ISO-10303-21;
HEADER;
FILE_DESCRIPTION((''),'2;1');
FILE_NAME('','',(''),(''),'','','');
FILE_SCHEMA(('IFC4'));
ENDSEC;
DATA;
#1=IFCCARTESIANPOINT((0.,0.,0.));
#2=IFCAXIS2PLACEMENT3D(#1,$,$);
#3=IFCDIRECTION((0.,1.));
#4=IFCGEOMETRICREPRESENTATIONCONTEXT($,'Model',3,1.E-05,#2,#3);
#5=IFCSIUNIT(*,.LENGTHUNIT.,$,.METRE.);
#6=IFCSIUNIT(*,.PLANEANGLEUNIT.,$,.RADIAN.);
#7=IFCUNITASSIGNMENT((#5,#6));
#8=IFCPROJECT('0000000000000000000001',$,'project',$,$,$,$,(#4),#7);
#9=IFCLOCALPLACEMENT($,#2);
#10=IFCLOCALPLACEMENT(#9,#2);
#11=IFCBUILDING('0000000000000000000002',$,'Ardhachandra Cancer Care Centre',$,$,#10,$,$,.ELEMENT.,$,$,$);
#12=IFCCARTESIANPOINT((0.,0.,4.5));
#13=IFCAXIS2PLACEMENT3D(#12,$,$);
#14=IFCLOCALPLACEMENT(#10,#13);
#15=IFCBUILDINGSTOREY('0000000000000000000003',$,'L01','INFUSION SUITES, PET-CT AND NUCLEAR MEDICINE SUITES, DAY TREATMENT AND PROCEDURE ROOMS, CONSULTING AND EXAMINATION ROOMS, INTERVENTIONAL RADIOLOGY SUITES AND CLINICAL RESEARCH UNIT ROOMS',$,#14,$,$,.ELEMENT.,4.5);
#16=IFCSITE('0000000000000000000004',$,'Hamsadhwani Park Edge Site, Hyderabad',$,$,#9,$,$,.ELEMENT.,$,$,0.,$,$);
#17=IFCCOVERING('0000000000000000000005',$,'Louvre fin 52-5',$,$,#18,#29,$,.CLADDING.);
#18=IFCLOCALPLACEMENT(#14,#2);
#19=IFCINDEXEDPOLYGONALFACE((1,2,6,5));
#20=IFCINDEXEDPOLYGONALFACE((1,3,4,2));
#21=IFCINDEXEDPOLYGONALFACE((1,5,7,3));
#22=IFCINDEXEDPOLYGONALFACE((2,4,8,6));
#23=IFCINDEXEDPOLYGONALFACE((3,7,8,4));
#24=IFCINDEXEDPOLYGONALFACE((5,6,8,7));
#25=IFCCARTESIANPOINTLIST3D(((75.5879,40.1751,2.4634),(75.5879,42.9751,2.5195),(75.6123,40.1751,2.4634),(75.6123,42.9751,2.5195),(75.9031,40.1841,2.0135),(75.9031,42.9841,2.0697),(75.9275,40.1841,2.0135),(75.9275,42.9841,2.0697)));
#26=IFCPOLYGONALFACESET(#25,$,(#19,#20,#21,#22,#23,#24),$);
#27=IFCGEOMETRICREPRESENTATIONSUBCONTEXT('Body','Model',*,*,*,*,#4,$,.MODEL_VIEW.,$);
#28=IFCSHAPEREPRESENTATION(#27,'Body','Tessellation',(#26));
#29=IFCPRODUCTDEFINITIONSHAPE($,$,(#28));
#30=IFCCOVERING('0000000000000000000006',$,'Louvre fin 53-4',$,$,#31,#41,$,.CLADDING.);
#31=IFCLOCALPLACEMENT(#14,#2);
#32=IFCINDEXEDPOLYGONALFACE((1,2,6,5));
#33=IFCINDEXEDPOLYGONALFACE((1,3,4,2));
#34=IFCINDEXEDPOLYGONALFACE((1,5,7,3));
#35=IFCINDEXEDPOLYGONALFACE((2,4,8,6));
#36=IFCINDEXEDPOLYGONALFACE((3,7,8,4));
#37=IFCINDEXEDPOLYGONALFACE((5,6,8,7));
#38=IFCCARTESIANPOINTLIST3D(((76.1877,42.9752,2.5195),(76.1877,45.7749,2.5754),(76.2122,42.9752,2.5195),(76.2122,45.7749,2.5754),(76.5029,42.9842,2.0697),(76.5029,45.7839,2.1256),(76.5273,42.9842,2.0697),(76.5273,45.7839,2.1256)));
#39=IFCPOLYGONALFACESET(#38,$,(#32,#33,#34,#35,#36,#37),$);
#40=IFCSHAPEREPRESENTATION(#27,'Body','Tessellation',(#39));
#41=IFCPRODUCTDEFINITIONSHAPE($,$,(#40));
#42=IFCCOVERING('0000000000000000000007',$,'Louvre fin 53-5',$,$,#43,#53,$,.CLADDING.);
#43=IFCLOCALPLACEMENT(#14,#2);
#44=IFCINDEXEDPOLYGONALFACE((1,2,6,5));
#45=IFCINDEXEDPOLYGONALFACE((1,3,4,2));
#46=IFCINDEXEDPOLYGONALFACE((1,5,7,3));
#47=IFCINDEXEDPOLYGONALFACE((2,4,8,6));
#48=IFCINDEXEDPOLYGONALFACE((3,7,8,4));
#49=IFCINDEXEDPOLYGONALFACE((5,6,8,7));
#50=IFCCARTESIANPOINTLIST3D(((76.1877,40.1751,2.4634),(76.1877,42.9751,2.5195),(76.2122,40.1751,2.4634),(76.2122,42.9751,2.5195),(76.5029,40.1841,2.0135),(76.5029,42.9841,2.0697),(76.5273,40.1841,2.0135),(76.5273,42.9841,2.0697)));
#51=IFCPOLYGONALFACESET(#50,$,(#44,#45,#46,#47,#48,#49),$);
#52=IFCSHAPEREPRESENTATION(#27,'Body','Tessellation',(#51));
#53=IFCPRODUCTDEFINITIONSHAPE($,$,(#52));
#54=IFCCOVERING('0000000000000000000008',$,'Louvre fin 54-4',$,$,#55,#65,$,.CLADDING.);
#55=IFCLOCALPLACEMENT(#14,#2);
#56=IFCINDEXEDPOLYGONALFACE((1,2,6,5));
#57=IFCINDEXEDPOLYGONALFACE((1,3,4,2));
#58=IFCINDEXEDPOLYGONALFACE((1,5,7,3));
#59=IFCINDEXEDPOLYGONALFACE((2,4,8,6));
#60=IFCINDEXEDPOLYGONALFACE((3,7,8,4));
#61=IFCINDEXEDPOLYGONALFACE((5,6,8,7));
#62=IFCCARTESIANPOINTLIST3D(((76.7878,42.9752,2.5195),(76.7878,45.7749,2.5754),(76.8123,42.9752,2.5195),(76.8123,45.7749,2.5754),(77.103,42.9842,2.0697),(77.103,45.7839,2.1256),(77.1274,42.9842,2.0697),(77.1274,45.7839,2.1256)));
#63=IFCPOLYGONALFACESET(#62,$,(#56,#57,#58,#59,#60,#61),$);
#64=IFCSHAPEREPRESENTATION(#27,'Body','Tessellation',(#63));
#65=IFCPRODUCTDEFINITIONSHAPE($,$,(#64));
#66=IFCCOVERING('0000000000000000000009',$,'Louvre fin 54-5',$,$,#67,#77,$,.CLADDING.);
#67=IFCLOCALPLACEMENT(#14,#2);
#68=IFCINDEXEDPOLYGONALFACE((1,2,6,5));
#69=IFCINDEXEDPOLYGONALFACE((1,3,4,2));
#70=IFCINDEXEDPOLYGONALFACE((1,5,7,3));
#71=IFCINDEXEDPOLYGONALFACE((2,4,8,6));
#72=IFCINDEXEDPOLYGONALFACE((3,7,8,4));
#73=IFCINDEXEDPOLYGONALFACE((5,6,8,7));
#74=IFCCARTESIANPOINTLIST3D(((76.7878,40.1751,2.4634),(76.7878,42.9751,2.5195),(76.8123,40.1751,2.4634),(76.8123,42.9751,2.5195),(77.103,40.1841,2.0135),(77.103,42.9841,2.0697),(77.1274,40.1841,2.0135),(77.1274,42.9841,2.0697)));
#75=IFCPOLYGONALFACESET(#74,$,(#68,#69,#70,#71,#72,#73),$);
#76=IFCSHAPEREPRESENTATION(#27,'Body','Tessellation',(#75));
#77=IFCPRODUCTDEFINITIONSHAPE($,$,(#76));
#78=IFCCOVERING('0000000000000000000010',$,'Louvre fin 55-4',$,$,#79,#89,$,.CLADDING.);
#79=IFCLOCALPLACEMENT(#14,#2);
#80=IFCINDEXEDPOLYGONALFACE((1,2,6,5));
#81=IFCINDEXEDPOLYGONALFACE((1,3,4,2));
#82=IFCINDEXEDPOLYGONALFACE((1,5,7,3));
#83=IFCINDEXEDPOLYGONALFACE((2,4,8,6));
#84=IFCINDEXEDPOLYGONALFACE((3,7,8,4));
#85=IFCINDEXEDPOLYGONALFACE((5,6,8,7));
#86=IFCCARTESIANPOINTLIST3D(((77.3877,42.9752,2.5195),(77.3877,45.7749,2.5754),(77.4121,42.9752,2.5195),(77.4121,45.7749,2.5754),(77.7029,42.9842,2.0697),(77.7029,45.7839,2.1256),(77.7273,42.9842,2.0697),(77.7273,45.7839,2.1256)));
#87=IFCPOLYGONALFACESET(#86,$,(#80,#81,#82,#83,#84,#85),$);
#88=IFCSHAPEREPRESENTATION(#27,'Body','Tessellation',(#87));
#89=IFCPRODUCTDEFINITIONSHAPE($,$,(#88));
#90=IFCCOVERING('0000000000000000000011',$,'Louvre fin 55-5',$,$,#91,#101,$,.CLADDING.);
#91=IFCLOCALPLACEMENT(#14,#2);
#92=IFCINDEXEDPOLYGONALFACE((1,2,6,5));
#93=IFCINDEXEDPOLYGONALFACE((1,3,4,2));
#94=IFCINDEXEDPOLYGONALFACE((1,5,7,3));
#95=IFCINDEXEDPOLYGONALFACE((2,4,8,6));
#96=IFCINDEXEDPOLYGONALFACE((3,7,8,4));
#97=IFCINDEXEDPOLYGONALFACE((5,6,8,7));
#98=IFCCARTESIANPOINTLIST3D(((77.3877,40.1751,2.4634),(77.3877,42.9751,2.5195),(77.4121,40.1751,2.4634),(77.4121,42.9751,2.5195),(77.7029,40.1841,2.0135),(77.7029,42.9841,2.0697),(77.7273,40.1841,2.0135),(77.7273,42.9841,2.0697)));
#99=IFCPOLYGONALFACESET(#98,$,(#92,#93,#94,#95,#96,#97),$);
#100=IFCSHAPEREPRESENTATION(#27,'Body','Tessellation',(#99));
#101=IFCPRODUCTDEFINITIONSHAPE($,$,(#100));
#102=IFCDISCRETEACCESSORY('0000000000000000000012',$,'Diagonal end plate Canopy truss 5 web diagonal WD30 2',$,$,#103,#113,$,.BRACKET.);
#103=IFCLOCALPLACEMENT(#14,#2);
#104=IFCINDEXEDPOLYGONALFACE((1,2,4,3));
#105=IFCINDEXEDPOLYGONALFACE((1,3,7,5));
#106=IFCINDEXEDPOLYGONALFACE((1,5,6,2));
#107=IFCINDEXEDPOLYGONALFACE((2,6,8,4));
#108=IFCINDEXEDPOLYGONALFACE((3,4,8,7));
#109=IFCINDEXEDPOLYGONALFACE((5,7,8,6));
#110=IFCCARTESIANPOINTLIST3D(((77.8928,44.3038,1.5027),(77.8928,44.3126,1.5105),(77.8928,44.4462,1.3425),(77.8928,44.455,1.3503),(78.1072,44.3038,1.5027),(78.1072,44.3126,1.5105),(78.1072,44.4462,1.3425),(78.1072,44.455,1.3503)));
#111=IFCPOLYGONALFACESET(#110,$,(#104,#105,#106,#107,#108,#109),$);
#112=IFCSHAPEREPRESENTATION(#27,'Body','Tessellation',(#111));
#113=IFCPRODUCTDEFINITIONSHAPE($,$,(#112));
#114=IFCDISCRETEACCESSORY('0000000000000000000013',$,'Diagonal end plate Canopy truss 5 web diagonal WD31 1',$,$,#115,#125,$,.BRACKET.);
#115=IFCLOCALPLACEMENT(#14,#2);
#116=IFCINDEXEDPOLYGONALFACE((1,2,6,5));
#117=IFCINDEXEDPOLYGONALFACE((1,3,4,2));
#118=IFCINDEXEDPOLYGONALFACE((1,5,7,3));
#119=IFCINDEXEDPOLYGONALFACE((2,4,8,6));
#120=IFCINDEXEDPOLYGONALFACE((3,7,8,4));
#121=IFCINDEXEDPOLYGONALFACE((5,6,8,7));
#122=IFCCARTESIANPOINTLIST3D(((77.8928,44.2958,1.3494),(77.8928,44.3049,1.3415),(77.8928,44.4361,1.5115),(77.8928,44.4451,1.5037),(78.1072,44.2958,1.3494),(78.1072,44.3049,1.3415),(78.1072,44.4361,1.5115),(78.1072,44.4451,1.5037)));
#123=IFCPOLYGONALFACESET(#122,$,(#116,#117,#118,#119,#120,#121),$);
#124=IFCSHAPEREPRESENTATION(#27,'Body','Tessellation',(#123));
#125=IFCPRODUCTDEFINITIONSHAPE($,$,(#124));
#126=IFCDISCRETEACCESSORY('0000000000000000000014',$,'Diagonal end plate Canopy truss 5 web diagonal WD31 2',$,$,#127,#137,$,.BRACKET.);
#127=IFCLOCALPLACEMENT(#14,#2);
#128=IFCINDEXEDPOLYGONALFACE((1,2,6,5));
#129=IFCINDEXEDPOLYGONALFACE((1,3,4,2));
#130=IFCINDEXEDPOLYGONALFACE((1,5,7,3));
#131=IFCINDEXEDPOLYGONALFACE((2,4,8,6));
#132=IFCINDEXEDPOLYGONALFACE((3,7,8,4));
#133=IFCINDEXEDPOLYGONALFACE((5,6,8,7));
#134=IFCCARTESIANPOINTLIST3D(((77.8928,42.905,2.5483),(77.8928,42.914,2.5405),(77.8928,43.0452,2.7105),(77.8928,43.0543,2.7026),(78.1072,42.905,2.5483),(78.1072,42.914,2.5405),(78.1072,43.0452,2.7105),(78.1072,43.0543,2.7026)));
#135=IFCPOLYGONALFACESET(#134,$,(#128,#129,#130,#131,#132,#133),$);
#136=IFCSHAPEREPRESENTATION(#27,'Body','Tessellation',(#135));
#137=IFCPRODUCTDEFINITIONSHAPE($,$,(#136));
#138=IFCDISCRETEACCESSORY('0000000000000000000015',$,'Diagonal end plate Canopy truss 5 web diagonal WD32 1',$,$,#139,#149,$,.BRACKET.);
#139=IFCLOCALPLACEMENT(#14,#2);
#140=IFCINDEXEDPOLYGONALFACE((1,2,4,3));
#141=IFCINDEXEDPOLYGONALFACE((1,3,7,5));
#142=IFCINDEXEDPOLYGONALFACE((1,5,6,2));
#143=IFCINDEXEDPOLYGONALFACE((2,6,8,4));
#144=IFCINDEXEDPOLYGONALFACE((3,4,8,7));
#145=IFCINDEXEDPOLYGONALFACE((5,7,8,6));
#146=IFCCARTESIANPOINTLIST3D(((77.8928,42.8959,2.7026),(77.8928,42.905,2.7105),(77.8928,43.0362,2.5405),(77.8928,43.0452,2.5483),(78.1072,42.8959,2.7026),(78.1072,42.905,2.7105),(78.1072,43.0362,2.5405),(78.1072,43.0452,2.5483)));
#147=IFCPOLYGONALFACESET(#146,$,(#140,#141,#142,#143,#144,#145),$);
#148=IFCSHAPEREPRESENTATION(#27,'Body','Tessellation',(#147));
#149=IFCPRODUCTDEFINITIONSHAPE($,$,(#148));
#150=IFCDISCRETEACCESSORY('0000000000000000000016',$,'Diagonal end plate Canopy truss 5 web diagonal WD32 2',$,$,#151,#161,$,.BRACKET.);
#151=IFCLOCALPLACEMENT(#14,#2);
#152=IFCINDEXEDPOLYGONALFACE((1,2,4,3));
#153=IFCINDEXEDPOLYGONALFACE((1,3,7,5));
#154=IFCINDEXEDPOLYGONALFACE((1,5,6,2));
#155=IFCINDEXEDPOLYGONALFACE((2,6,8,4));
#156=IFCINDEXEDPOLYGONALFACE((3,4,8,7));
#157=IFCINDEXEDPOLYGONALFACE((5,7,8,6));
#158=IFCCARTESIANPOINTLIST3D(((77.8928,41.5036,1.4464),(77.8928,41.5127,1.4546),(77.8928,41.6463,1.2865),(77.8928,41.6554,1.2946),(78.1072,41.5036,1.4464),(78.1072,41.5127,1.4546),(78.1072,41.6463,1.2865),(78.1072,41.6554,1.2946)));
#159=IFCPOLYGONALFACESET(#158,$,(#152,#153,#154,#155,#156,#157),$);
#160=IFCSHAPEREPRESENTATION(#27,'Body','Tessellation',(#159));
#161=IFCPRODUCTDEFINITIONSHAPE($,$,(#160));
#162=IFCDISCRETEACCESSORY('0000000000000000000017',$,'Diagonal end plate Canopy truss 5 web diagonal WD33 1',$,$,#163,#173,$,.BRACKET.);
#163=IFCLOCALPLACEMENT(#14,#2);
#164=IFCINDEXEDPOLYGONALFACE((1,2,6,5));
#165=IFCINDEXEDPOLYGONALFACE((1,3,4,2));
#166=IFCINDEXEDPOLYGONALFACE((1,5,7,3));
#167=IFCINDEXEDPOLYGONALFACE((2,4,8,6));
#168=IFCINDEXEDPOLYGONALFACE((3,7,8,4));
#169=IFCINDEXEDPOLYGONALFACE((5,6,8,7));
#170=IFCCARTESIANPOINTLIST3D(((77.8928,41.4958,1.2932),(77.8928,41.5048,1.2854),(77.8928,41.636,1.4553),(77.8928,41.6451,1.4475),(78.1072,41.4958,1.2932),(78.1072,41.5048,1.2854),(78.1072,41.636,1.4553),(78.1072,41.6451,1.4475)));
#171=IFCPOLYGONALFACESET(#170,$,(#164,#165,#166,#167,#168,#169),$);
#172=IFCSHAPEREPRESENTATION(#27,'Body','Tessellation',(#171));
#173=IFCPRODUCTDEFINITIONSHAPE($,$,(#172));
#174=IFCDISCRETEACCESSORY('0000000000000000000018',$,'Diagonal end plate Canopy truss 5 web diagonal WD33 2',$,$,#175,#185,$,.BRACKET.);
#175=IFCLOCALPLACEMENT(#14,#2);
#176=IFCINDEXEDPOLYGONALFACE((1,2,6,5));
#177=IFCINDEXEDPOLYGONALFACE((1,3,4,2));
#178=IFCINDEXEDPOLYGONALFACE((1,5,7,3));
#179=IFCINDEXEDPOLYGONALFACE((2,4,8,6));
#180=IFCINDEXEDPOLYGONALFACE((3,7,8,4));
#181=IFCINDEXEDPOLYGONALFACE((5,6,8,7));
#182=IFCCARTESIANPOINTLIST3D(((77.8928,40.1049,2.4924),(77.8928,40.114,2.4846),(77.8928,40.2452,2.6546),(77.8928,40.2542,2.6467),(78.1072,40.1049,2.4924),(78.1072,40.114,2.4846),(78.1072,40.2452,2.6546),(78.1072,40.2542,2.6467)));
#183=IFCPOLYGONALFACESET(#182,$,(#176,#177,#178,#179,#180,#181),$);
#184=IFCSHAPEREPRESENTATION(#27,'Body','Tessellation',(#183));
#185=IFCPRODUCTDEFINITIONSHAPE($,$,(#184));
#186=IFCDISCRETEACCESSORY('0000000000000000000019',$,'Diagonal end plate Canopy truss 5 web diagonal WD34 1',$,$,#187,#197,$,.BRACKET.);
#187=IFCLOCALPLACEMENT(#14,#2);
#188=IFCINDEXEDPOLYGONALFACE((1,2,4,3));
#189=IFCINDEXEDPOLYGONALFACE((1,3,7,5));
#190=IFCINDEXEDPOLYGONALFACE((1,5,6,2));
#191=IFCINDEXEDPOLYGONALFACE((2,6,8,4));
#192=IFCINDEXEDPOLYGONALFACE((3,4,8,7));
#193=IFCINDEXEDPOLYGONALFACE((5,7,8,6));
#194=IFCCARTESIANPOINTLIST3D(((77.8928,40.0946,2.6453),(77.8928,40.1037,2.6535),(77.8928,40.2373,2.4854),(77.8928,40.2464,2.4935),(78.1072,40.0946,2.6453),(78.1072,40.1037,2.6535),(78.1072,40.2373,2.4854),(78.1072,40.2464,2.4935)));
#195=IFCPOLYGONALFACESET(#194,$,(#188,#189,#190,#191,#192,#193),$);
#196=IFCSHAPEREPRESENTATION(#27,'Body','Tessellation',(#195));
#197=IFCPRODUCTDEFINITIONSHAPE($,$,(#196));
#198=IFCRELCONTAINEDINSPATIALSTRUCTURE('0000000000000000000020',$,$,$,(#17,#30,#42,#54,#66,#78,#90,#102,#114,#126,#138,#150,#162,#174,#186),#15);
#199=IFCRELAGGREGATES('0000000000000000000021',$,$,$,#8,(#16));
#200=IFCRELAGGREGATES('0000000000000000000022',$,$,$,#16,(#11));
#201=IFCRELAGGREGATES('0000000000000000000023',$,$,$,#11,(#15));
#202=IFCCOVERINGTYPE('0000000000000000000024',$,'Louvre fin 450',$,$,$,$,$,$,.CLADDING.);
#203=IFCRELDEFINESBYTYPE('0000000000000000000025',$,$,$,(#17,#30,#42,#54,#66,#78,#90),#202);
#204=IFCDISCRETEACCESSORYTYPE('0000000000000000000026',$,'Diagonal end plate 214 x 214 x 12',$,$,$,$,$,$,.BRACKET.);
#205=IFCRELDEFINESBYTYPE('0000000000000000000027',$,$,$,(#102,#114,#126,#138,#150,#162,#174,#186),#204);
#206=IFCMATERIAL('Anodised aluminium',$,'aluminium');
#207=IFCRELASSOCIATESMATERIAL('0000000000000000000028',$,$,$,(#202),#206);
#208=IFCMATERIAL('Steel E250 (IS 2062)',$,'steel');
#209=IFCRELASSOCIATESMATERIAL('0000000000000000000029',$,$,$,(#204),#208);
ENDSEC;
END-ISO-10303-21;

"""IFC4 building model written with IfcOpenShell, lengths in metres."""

from ifc_helpers import new_model, si_unit, direction, frame, origin, origin_2d, place, context, subcontext, project, spatial, polyline, rectangle, outline, extrude, material, material_profile, profile_set, type_object, element, save


model = new_model("IFC4")

# Units and contexts
model_context = context("Model", 3, precision=1e-05, world=origin(), true_north=direction((0.0, 1.0)))
body_context = subcontext(model_context, "Body", "Model", "MODEL_VIEW")
ifc_project = project(units=[si_unit("LENGTHUNIT", "METRE"), si_unit("PLANEANGLEUNIT", "RADIAN")], contexts=[model_context])

# Site, building, storey
site_placement = place(None, origin())
site = spatial("IfcSite", under=ifc_project, at=site_placement, Name="Hamsadhwani Park Edge Site, Hyderabad", CompositionType="ELEMENT", RefElevation=0.0)
building_placement = place(site_placement, origin())
building = spatial("IfcBuilding", under=site, at=building_placement, Name="Ardhachandra Cancer Care Centre", CompositionType="ELEMENT")
storey_placement = place(building_placement, frame((0.0, 0.0, 4.5)))
storey = spatial("IfcBuildingStorey", under=building, at=storey_placement, Name="L01", Description="INFUSION SUITES, PET-CT AND NUCLEAR MEDICINE SUITES, DAY TREATMENT AND PROCEDURE ROOMS, CONSULTING AND EXAMINATION ROOMS, INTERVENTIONAL RADIOLOGY SUITES AND CLINICAL RESEARCH UNIT ROOMS", CompositionType="ELEMENT", Elevation=4.5)

# Coverings
ifc_material_1 = material(Name="Anodised aluminium", Category="aluminium")
ifc_material_profile_1 = material_profile(ifc_material_1, outline(polyline([(-0.0122, 0.0), (0.0122, 0.0), (0.3274, -0.45), (0.303, -0.45), (-0.0122, 0.0)])), Name="Louvre fin 450")
ifc_profile_set_1 = profile_set([ifc_material_profile_1], Name="Anodised aluminium")
covering_type = type_object("IfcCoveringType", Name="Louvre fin 450", PredefinedType="CLADDING", material=ifc_profile_set_1)
covering_1_placement = place(storey_placement, frame((75.6001, 42.9751, 2.5195), z_axis=(0.0, -0.999799, -0.02005), x_axis=(1.0, 0.0, 0.0)))
element("IfcCovering", 1, at=covering_1_placement, inside=storey, type_object=covering_type, Name="Louvre fin 52-5", PredefinedType="CLADDING", context=body_context, shape_type="SweptSolid", body=[
    extrude(outline(polyline([(-0.0122, 0.0), (0.0122, 0.0), (0.3274, -0.45), (0.303, -0.45), (-0.0122, 0.0)])), origin(), (0.0, 0.0, 1.0), 2.8005),
])
covering_2_placement = place(storey_placement, frame((76.2, 45.7749, 2.5754), z_axis=(0.0, -0.999801, -0.019965), x_axis=(1.0, 0.0, 0.0)))
element("IfcCovering", 2, at=covering_2_placement, inside=storey, type_object=covering_type, Name="Louvre fin 53-4", PredefinedType="CLADDING", context=body_context, shape_type="SweptSolid", body=[
    extrude(outline(polyline([(-0.0122, 0.0), (0.0122, 0.0), (0.3274, -0.45), (0.303, -0.45), (-0.0122, 0.0)])), origin(), (0.0, 0.0, 1.0), 2.8003),
])
covering_3_placement = place(storey_placement, frame((76.2, 42.9751, 2.5195), z_axis=(0.0, -0.999799, -0.02005), x_axis=(1.0, 0.0, 0.0)))
element("IfcCovering", 3, at=covering_3_placement, inside=storey, type_object=covering_type, Name="Louvre fin 53-5", PredefinedType="CLADDING", context=body_context, shape_type="SweptSolid", body=[
    extrude(outline(polyline([(-0.0122, 0.0), (0.0122, 0.0), (0.3274, -0.45), (0.303, -0.45), (-0.0122, 0.0)])), origin(), (0.0, 0.0, 1.0), 2.8005),
])
covering_4_placement = place(storey_placement, frame((76.8, 45.7749, 2.5754), z_axis=(0.0, -0.999801, -0.019965), x_axis=(1.0, 0.0, 0.0)))
element("IfcCovering", 4, at=covering_4_placement, inside=storey, type_object=covering_type, Name="Louvre fin 54-4", PredefinedType="CLADDING", context=body_context, shape_type="SweptSolid", body=[
    extrude(outline(polyline([(-0.0122, 0.0), (0.0122, 0.0), (0.3274, -0.45), (0.303, -0.45), (-0.0122, 0.0)])), origin(), (0.0, 0.0, 1.0), 2.8003),
])
covering_5_placement = place(storey_placement, frame((76.8, 42.9751, 2.5195), z_axis=(0.0, -0.999799, -0.02005), x_axis=(1.0, 0.0, 0.0)))
element("IfcCovering", 5, at=covering_5_placement, inside=storey, type_object=covering_type, Name="Louvre fin 54-5", PredefinedType="CLADDING", context=body_context, shape_type="SweptSolid", body=[
    extrude(outline(polyline([(-0.0122, 0.0), (0.0122, 0.0), (0.3274, -0.45), (0.303, -0.45), (-0.0122, 0.0)])), origin(), (0.0, 0.0, 1.0), 2.8005),
])
covering_6_placement = place(storey_placement, frame((77.3999, 45.7749, 2.5754), z_axis=(0.0, -0.999801, -0.019965), x_axis=(1.0, 0.0, 0.0)))
element("IfcCovering", 6, at=covering_6_placement, inside=storey, type_object=covering_type, Name="Louvre fin 55-4", PredefinedType="CLADDING", context=body_context, shape_type="SweptSolid", body=[
    extrude(outline(polyline([(-0.0122, 0.0), (0.0122, 0.0), (0.3274, -0.45), (0.303, -0.45), (-0.0122, 0.0)])), origin(), (0.0, 0.0, 1.0), 2.8003),
])
covering_7_placement = place(storey_placement, frame((77.3999, 42.9751, 2.5195), z_axis=(0.0, -0.999799, -0.02005), x_axis=(1.0, 0.0, 0.0)))
element("IfcCovering", 7, at=covering_7_placement, inside=storey, type_object=covering_type, Name="Louvre fin 55-5", PredefinedType="CLADDING", context=body_context, shape_type="SweptSolid", body=[
    extrude(outline(polyline([(-0.0122, 0.0), (0.0122, 0.0), (0.3274, -0.45), (0.303, -0.45), (-0.0122, 0.0)])), origin(), (0.0, 0.0, 1.0), 2.8005),
])

# Discrete accessories
ifc_material_2 = material(Name="Steel E250 (IS 2062)", Category="steel")
ifc_material_profile_2 = material_profile(ifc_material_2, rectangle(XDim=0.2144, YDim=0.2144, at=origin_2d()), Name="PL 214x214x12")
ifc_profile_set_2 = profile_set([ifc_material_profile_2], Name="Steel E250 (IS 2062)")
discrete_accessory_type = type_object("IfcDiscreteAccessoryType", Name="Diagonal end plate 214 x 214 x 12", PredefinedType="BRACKET", material=ifc_profile_set_2)
discrete_accessory_1_placement = place(storey_placement, frame((78.0, 44.375, 1.4226), z_axis=(0.0, 0.747409, 0.664364), x_axis=(-1.0, 0.0, 0.0)))
element("IfcDiscreteAccessory", 8, at=discrete_accessory_1_placement, inside=storey, type_object=discrete_accessory_type, Name="Diagonal end plate Canopy truss 5 web diagonal WD30 2", PredefinedType="BRACKET", context=body_context, shape_type="SweptSolid", body=[
    extrude(rectangle(XDim=0.2144, YDim=0.2144, at=origin_2d()), origin(), (0.0, 0.0, 1.0), 0.0117),
])
for number, where, z_axis, x_axis, name in (
    (9, (78.0, 44.375, 1.4226), (0.0, -0.756363, 0.654152), (1.0, 0.0, 0.0), "Diagonal end plate Canopy truss 5 web diagonal WD31 1"),
    (10, (78.0, 42.9751, 2.6294), (0.0, 0.756363, -0.654152), (-1.0, 0.0, 0.0), "Diagonal end plate Canopy truss 5 web diagonal WD31 2"),
    (11, (78.0, 42.9751, 2.6294), (0.0, -0.756363, -0.654152), (1.0, 0.0, 0.0), "Diagonal end plate Canopy truss 5 web diagonal WD32 1"),
):
    element("IfcDiscreteAccessory", number, at=place(storey_placement, frame(where, z_axis=z_axis, x_axis=x_axis)), inside=storey, type_object=discrete_accessory_type, Name=name, PredefinedType="BRACKET", context=body_context, shape_type="SweptSolid", body=[
        extrude(rectangle(XDim=0.2144, YDim=0.2144, at=origin_2d()), origin(), (0.0, 0.0, 1.0), 0.012),
    ])
discrete_accessory_2_placement = place(storey_placement, frame((78.0, 41.575, 1.3665), z_axis=(0.0, 0.746295, 0.665615), x_axis=(-1.0, 0.0, 0.0)))
element("IfcDiscreteAccessory", 12, at=discrete_accessory_2_placement, inside=storey, type_object=discrete_accessory_type, Name="Diagonal end plate Canopy truss 5 web diagonal WD32 2", PredefinedType="BRACKET", context=body_context, shape_type="SweptSolid", body=[
    extrude(rectangle(XDim=0.2144, YDim=0.2144, at=origin_2d()), origin(), (0.0, 0.0, 1.0), 0.0122),
])
for number, where, z_axis, x_axis, name in (
    (13, (78.0, 41.575, 1.3665), (0.0, -0.756363, 0.654152), (1.0, 0.0, 0.0), "Diagonal end plate Canopy truss 5 web diagonal WD33 1"),
    (14, (78.0, 40.175, 2.5735), (0.0, 0.756363, -0.654152), (-1.0, 0.0, 0.0), "Diagonal end plate Canopy truss 5 web diagonal WD33 2"),
):
    element("IfcDiscreteAccessory", number, at=place(storey_placement, frame(where, z_axis=z_axis, x_axis=x_axis)), inside=storey, type_object=discrete_accessory_type, Name=name, PredefinedType="BRACKET", context=body_context, shape_type="SweptSolid", body=[
        extrude(rectangle(XDim=0.2144, YDim=0.2144, at=origin_2d()), origin(), (0.0, 0.0, 1.0), 0.012),
    ])
discrete_accessory_3_placement = place(storey_placement, frame((78.0, 40.175, 2.5735), z_axis=(0.0, -0.746295, -0.665615), x_axis=(1.0, 0.0, 0.0)))
element("IfcDiscreteAccessory", 15, at=discrete_accessory_3_placement, inside=storey, type_object=discrete_accessory_type, Name="Diagonal end plate Canopy truss 5 web diagonal WD34 1", PredefinedType="BRACKET", context=body_context, shape_type="SweptSolid", body=[
    extrude(rectangle(XDim=0.2144, YDim=0.2144, at=origin_2d()), origin(), (0.0, 0.0, 1.0), 0.0122),
])

save(model, "model.ifc")
